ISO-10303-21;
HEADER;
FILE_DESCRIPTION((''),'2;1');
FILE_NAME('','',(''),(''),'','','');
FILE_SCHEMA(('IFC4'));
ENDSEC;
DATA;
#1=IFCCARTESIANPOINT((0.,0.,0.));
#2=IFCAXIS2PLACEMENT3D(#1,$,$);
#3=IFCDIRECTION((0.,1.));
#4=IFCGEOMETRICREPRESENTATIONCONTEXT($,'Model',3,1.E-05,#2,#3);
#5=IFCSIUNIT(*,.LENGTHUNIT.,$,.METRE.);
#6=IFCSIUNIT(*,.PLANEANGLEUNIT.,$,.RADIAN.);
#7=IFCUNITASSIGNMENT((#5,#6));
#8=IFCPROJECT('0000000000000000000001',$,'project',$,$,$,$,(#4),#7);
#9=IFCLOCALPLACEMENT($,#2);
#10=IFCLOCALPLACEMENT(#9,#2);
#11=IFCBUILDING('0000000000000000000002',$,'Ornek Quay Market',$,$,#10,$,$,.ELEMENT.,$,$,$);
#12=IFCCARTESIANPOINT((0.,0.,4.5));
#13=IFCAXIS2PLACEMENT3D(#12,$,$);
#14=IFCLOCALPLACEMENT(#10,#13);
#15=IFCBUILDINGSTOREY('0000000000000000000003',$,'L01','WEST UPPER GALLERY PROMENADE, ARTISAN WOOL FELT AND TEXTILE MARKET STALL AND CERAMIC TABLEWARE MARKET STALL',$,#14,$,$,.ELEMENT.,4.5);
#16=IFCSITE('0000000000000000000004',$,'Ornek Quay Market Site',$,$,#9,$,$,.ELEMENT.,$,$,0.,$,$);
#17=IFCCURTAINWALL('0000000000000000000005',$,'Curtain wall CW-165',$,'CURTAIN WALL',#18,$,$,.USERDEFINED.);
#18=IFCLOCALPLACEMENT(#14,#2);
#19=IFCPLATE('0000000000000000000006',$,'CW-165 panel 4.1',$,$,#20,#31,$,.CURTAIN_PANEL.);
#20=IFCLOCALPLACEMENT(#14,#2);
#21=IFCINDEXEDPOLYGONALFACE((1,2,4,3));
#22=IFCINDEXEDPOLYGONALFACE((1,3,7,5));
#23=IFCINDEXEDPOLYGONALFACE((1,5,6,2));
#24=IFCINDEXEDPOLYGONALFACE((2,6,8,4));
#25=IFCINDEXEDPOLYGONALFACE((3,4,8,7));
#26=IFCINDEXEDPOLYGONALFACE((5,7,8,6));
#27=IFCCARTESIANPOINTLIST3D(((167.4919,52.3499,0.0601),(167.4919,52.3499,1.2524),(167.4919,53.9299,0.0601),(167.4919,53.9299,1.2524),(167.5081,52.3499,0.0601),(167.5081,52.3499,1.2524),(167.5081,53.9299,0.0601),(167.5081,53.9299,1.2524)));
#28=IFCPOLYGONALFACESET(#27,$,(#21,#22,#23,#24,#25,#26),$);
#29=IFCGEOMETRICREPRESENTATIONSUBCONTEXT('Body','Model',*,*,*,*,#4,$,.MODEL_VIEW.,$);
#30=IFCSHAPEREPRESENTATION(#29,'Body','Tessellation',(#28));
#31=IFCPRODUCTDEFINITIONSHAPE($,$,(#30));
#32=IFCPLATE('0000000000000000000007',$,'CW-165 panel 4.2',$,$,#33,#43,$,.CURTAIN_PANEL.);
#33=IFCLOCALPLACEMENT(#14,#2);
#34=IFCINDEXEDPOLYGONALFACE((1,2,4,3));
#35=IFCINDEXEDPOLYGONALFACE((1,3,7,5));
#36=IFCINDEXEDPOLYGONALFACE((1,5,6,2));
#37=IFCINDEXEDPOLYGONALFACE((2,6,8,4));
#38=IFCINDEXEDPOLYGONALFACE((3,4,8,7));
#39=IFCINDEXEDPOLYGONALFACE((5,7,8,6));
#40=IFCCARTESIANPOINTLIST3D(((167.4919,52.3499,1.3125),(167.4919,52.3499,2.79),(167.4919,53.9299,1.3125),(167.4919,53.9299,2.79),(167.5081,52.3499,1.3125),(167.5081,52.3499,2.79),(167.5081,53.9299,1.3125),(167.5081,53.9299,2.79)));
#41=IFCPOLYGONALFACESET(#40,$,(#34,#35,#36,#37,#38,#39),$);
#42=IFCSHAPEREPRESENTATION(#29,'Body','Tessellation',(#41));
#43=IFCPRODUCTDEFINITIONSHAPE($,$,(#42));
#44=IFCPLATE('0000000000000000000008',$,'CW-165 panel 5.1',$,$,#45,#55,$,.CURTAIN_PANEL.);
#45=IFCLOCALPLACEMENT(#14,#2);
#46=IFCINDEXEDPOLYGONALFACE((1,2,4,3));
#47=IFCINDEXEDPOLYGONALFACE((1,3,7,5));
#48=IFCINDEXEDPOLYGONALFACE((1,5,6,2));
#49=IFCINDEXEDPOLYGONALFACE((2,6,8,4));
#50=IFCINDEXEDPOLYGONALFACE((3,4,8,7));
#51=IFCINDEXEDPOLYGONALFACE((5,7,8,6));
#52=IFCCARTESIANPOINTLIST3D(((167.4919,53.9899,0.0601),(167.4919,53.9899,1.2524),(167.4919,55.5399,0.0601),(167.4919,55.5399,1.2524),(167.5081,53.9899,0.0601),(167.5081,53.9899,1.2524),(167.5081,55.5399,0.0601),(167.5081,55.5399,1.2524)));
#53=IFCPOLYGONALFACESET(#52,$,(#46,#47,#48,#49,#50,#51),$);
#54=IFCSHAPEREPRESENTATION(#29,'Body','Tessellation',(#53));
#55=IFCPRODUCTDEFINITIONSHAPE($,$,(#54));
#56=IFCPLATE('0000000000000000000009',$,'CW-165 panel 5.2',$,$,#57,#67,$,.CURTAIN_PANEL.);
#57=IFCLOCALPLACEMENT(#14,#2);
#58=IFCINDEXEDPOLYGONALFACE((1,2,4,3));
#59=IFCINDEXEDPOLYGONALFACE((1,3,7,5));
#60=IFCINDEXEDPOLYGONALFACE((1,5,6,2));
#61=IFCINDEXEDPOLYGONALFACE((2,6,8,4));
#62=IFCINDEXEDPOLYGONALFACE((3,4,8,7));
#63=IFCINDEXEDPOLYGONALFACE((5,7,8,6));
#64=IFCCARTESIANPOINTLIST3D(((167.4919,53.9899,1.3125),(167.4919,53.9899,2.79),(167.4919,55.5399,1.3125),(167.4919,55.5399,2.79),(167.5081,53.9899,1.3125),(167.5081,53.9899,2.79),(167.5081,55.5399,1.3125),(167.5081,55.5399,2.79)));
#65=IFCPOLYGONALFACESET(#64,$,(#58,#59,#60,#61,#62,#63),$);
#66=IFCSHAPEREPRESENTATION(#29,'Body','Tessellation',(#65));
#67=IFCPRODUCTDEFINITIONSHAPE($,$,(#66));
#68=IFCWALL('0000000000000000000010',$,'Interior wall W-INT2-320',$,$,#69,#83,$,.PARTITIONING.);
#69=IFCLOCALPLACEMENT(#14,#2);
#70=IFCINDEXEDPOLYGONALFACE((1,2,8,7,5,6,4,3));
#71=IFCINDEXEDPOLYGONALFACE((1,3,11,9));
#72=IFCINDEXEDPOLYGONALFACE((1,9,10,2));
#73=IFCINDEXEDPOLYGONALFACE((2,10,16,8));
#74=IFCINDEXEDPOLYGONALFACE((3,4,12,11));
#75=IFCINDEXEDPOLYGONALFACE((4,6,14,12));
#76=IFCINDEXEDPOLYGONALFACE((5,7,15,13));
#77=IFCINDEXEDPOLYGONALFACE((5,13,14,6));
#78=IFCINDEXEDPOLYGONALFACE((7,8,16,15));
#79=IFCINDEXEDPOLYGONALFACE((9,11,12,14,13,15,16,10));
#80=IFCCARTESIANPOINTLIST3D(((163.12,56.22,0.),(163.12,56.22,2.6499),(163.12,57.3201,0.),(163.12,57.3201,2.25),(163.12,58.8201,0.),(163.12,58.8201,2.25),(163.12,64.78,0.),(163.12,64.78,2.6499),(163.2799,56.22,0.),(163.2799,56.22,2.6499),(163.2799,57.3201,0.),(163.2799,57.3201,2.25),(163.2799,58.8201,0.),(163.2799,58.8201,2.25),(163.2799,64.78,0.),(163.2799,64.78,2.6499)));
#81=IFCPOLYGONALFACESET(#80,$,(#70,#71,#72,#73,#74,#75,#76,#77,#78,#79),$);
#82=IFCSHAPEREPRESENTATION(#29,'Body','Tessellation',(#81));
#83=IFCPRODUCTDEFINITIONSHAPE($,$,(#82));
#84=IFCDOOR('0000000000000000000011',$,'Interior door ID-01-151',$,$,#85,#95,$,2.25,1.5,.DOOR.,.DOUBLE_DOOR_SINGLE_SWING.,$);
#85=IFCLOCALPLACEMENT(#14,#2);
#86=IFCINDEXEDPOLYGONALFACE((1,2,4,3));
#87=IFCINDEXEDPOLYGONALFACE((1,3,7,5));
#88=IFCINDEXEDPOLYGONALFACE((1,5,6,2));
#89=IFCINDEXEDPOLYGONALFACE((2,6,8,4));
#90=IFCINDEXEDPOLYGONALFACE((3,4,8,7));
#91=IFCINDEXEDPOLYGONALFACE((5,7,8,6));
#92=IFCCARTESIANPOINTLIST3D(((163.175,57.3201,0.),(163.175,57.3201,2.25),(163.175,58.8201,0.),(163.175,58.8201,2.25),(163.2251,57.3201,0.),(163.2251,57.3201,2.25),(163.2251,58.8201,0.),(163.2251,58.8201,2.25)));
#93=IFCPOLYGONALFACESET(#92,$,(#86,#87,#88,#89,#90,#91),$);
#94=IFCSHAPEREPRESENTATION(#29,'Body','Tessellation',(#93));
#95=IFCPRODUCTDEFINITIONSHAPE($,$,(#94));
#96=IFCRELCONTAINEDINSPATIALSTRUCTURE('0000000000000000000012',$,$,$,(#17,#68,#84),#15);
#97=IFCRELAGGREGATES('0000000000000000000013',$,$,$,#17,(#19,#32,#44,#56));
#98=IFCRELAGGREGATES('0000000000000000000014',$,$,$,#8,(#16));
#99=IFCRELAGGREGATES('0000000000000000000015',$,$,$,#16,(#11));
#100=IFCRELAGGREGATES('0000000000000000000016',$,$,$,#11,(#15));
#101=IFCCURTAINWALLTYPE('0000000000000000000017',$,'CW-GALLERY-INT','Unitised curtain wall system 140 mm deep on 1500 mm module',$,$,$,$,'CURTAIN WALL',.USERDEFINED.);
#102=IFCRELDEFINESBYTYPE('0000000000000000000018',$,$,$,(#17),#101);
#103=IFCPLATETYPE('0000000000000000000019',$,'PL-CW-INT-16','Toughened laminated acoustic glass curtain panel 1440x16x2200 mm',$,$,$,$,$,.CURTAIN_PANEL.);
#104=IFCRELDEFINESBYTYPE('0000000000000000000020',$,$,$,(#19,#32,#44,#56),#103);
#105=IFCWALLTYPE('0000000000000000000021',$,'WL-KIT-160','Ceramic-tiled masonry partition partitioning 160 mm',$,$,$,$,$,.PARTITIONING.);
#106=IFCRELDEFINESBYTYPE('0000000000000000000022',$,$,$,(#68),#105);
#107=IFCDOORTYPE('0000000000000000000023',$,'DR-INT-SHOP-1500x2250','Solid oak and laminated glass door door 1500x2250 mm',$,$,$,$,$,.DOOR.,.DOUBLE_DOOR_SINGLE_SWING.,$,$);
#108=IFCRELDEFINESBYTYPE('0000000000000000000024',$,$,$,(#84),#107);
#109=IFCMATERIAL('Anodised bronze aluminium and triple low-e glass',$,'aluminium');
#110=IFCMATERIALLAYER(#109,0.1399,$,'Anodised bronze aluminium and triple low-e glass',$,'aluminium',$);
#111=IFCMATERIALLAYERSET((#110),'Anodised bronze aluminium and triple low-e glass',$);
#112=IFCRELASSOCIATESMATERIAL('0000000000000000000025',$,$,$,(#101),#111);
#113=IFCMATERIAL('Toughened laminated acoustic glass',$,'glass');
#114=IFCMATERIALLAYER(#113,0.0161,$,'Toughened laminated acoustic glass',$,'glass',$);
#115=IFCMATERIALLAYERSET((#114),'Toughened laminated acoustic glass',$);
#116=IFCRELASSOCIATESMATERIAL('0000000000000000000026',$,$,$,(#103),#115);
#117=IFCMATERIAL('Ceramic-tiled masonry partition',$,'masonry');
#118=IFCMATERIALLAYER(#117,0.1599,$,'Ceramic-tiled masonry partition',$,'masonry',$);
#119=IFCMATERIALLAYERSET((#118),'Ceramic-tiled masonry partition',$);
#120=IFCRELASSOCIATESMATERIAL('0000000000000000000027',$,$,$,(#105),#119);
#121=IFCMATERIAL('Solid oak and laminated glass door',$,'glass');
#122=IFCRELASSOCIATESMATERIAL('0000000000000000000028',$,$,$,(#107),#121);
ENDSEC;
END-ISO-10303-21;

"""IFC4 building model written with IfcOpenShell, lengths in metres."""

from ifc_helpers import new_model, si_unit, direction, frame, frame_2d, origin, origin_2d, place, context, subcontext, project, spatial, rectangle, extrude, material, layer, layer_set, type_object, element, fill, aggregate, save


model = new_model("IFC4")

# Units and contexts
model_context = context("Model", 3, precision=1e-05, world=origin(), true_north=direction((0.0, 1.0)))
body_context = subcontext(model_context, "Body", "Model", "MODEL_VIEW")
ifc_project = project(units=[si_unit("LENGTHUNIT", "METRE"), si_unit("PLANEANGLEUNIT", "RADIAN")], contexts=[model_context])

# Site, building, storey
site_placement = place(None, origin())
site = spatial("IfcSite", under=ifc_project, at=site_placement, Name="Ornek Quay Market Site", CompositionType="ELEMENT", RefElevation=0.0)
building_placement = place(site_placement, origin())
building = spatial("IfcBuilding", under=site, at=building_placement, Name="Ornek Quay Market", CompositionType="ELEMENT")
storey_placement = place(building_placement, frame((0.0, 0.0, 4.5)))
storey = spatial("IfcBuildingStorey", under=building, at=storey_placement, Name="L01", Description="WEST UPPER GALLERY PROMENADE, ARTISAN WOOL FELT AND TEXTILE MARKET STALL AND CERAMIC TABLEWARE MARKET STALL", CompositionType="ELEMENT", Elevation=4.5)

# Curtain wall
ifc_material_1 = material(Name="Anodised bronze aluminium and triple low-e glass", Category="aluminium")
ifc_layer_1 = layer(ifc_material_1, 0.1399, Name="Anodised bronze aluminium and triple low-e glass", Category="aluminium")
ifc_layer_set_1 = layer_set([ifc_layer_1], Name="Anodised bronze aluminium and triple low-e glass")
curtain_wall_type = type_object("IfcCurtainWallType", Name="CW-GALLERY-INT", Description="Unitised curtain wall system 140 mm deep on 1500 mm module", ElementType="CURTAIN WALL", PredefinedType="USERDEFINED", material=ifc_layer_set_1)
curtain_wall_1_placement = place(storey_placement, origin())
curtain_wall_1 = element("IfcCurtainWall", 1, at=curtain_wall_1_placement, inside=storey, type_object=curtain_wall_type, Name="Curtain wall CW-165", ObjectType="CURTAIN WALL", PredefinedType="USERDEFINED")

# Plates
ifc_material_2 = material(Name="Toughened laminated acoustic glass", Category="glass")
ifc_layer_2 = layer(ifc_material_2, 0.0161, Name="Toughened laminated acoustic glass", Category="glass")
ifc_layer_set_2 = layer_set([ifc_layer_2], Name="Toughened laminated acoustic glass")
plate_type = type_object("IfcPlateType", Name="PL-CW-INT-16", Description="Toughened laminated acoustic glass curtain panel 1440x16x2200 mm", PredefinedType="CURTAIN_PANEL", material=ifc_layer_set_2)
plate_1_placement = place(storey_placement, frame((167.5, 53.1399, 0.0601), z_axis=(0.0, 0.0, 1.0), x_axis=(0.0, 1.0, 0.0)))
plate_1 = element("IfcPlate", 2, at=plate_1_placement, type_object=plate_type, Name="CW-165 panel 4.1", PredefinedType="CURTAIN_PANEL", context=body_context, shape_type="SweptSolid", body=[
    extrude(rectangle(XDim=1.5801, YDim=0.0161, at=origin_2d()), origin(), (0.0, 0.0, 1.0), 1.1924),
])
plate_2_placement = place(storey_placement, frame((167.5, 53.1399, 1.3125), z_axis=(0.0, 0.0, 1.0), x_axis=(0.0, 1.0, 0.0)))
plate_2 = element("IfcPlate", 3, at=plate_2_placement, type_object=plate_type, Name="CW-165 panel 4.2", PredefinedType="CURTAIN_PANEL", context=body_context, shape_type="SweptSolid", body=[
    extrude(rectangle(XDim=1.5801, YDim=0.0161, at=origin_2d()), origin(), (0.0, 0.0, 1.0), 1.4775),
])
plate_3_placement = place(storey_placement, frame((167.5, 54.7649, 0.0601), z_axis=(0.0, 0.0, 1.0), x_axis=(0.0, 1.0, 0.0)))
plate_3 = element("IfcPlate", 4, at=plate_3_placement, type_object=plate_type, Name="CW-165 panel 5.1", PredefinedType="CURTAIN_PANEL", context=body_context, shape_type="SweptSolid", body=[
    extrude(rectangle(XDim=1.55, YDim=0.0161, at=origin_2d()), origin(), (0.0, 0.0, 1.0), 1.1924),
])
plate_4_placement = place(storey_placement, frame((167.5, 54.7649, 1.3125), z_axis=(0.0, 0.0, 1.0), x_axis=(0.0, 1.0, 0.0)))
plate_4 = element("IfcPlate", 5, at=plate_4_placement, type_object=plate_type, Name="CW-165 panel 5.2", PredefinedType="CURTAIN_PANEL", context=body_context, shape_type="SweptSolid", body=[
    extrude(rectangle(XDim=1.55, YDim=0.0161, at=origin_2d()), origin(), (0.0, 0.0, 1.0), 1.4775),
])
aggregate(curtain_wall_1, [plate_1, plate_2, plate_3, plate_4])

# Wall, opening, door
ifc_material_3 = material(Name="Ceramic-tiled masonry partition", Category="masonry")
ifc_layer_3 = layer(ifc_material_3, 0.1599, Name="Ceramic-tiled masonry partition", Category="masonry")
ifc_layer_set_3 = layer_set([ifc_layer_3], Name="Ceramic-tiled masonry partition")
wall_type_1 = type_object("IfcWallType", Name="WL-KIT-160", Description="Ceramic-tiled masonry partition partitioning 160 mm", PredefinedType="PARTITIONING", material=ifc_layer_set_3)
wall_1_placement = place(storey_placement, frame((163.2, 56.22, 0.0), z_axis=(0.0, 0.0, 1.0), x_axis=(0.0, 1.0, 0.0)))
wall_1 = element("IfcWall", 6, at=wall_1_placement, inside=storey, type_object=wall_type_1, Name="Interior wall W-INT2-320", PredefinedType="PARTITIONING", context=body_context, shape_type="SweptSolid", body=[
    extrude(rectangle(XDim=8.5601, YDim=0.1599, at=frame_2d((4.28, 0.0))), origin(), (0.0, 0.0, 1.0), 2.6499),
])
opening_1_placement = place(wall_1_placement, frame((1.1001, 0.0, 0.0)))
opening_1 = element("IfcOpeningElement", 7, at=opening_1_placement, cuts=wall_1, PredefinedType="OPENING", context=body_context, shape_type="SweptSolid", body=[
    extrude(rectangle(XDim=1.5, YDim=2.25, at=frame_2d((0.75, 1.125))), frame((0.0, 0.0898, 0.0), z_axis=(0.0, -1.0, 0.0), x_axis=(1.0, 0.0, 0.0)), (0.0, 0.0, 1.0), 0.1799),
])
ifc_material_4 = material(Name="Solid oak and laminated glass door", Category="glass")
door_type_1 = type_object("IfcDoorType", Name="DR-INT-SHOP-1500x2250", Description="Solid oak and laminated glass door door 1500x2250 mm", OperationType="DOUBLE_DOOR_SINGLE_SWING", PredefinedType="DOOR", material=ifc_material_4)
door_1_placement = place(opening_1_placement, origin())
door_1 = element("IfcDoor", 8, at=door_1_placement, inside=storey, type_object=door_type_1, Name="Interior door ID-01-151", OperationType="DOUBLE_DOOR_SINGLE_SWING", OverallHeight=2.25, OverallWidth=1.5, PredefinedType="DOOR", context=body_context, shape_type="SweptSolid", body=[
    extrude(rectangle(XDim=1.5, YDim=2.25, at=frame_2d((0.75, 1.125))), frame((0.0, 0.0249, 0.0), z_axis=(0.0, -1.0, 0.0), x_axis=(1.0, 0.0, 0.0)), (0.0, 0.0, 1.0), 0.05),
])
fill(opening_1, door_1)

save(model, "model.ifc")
